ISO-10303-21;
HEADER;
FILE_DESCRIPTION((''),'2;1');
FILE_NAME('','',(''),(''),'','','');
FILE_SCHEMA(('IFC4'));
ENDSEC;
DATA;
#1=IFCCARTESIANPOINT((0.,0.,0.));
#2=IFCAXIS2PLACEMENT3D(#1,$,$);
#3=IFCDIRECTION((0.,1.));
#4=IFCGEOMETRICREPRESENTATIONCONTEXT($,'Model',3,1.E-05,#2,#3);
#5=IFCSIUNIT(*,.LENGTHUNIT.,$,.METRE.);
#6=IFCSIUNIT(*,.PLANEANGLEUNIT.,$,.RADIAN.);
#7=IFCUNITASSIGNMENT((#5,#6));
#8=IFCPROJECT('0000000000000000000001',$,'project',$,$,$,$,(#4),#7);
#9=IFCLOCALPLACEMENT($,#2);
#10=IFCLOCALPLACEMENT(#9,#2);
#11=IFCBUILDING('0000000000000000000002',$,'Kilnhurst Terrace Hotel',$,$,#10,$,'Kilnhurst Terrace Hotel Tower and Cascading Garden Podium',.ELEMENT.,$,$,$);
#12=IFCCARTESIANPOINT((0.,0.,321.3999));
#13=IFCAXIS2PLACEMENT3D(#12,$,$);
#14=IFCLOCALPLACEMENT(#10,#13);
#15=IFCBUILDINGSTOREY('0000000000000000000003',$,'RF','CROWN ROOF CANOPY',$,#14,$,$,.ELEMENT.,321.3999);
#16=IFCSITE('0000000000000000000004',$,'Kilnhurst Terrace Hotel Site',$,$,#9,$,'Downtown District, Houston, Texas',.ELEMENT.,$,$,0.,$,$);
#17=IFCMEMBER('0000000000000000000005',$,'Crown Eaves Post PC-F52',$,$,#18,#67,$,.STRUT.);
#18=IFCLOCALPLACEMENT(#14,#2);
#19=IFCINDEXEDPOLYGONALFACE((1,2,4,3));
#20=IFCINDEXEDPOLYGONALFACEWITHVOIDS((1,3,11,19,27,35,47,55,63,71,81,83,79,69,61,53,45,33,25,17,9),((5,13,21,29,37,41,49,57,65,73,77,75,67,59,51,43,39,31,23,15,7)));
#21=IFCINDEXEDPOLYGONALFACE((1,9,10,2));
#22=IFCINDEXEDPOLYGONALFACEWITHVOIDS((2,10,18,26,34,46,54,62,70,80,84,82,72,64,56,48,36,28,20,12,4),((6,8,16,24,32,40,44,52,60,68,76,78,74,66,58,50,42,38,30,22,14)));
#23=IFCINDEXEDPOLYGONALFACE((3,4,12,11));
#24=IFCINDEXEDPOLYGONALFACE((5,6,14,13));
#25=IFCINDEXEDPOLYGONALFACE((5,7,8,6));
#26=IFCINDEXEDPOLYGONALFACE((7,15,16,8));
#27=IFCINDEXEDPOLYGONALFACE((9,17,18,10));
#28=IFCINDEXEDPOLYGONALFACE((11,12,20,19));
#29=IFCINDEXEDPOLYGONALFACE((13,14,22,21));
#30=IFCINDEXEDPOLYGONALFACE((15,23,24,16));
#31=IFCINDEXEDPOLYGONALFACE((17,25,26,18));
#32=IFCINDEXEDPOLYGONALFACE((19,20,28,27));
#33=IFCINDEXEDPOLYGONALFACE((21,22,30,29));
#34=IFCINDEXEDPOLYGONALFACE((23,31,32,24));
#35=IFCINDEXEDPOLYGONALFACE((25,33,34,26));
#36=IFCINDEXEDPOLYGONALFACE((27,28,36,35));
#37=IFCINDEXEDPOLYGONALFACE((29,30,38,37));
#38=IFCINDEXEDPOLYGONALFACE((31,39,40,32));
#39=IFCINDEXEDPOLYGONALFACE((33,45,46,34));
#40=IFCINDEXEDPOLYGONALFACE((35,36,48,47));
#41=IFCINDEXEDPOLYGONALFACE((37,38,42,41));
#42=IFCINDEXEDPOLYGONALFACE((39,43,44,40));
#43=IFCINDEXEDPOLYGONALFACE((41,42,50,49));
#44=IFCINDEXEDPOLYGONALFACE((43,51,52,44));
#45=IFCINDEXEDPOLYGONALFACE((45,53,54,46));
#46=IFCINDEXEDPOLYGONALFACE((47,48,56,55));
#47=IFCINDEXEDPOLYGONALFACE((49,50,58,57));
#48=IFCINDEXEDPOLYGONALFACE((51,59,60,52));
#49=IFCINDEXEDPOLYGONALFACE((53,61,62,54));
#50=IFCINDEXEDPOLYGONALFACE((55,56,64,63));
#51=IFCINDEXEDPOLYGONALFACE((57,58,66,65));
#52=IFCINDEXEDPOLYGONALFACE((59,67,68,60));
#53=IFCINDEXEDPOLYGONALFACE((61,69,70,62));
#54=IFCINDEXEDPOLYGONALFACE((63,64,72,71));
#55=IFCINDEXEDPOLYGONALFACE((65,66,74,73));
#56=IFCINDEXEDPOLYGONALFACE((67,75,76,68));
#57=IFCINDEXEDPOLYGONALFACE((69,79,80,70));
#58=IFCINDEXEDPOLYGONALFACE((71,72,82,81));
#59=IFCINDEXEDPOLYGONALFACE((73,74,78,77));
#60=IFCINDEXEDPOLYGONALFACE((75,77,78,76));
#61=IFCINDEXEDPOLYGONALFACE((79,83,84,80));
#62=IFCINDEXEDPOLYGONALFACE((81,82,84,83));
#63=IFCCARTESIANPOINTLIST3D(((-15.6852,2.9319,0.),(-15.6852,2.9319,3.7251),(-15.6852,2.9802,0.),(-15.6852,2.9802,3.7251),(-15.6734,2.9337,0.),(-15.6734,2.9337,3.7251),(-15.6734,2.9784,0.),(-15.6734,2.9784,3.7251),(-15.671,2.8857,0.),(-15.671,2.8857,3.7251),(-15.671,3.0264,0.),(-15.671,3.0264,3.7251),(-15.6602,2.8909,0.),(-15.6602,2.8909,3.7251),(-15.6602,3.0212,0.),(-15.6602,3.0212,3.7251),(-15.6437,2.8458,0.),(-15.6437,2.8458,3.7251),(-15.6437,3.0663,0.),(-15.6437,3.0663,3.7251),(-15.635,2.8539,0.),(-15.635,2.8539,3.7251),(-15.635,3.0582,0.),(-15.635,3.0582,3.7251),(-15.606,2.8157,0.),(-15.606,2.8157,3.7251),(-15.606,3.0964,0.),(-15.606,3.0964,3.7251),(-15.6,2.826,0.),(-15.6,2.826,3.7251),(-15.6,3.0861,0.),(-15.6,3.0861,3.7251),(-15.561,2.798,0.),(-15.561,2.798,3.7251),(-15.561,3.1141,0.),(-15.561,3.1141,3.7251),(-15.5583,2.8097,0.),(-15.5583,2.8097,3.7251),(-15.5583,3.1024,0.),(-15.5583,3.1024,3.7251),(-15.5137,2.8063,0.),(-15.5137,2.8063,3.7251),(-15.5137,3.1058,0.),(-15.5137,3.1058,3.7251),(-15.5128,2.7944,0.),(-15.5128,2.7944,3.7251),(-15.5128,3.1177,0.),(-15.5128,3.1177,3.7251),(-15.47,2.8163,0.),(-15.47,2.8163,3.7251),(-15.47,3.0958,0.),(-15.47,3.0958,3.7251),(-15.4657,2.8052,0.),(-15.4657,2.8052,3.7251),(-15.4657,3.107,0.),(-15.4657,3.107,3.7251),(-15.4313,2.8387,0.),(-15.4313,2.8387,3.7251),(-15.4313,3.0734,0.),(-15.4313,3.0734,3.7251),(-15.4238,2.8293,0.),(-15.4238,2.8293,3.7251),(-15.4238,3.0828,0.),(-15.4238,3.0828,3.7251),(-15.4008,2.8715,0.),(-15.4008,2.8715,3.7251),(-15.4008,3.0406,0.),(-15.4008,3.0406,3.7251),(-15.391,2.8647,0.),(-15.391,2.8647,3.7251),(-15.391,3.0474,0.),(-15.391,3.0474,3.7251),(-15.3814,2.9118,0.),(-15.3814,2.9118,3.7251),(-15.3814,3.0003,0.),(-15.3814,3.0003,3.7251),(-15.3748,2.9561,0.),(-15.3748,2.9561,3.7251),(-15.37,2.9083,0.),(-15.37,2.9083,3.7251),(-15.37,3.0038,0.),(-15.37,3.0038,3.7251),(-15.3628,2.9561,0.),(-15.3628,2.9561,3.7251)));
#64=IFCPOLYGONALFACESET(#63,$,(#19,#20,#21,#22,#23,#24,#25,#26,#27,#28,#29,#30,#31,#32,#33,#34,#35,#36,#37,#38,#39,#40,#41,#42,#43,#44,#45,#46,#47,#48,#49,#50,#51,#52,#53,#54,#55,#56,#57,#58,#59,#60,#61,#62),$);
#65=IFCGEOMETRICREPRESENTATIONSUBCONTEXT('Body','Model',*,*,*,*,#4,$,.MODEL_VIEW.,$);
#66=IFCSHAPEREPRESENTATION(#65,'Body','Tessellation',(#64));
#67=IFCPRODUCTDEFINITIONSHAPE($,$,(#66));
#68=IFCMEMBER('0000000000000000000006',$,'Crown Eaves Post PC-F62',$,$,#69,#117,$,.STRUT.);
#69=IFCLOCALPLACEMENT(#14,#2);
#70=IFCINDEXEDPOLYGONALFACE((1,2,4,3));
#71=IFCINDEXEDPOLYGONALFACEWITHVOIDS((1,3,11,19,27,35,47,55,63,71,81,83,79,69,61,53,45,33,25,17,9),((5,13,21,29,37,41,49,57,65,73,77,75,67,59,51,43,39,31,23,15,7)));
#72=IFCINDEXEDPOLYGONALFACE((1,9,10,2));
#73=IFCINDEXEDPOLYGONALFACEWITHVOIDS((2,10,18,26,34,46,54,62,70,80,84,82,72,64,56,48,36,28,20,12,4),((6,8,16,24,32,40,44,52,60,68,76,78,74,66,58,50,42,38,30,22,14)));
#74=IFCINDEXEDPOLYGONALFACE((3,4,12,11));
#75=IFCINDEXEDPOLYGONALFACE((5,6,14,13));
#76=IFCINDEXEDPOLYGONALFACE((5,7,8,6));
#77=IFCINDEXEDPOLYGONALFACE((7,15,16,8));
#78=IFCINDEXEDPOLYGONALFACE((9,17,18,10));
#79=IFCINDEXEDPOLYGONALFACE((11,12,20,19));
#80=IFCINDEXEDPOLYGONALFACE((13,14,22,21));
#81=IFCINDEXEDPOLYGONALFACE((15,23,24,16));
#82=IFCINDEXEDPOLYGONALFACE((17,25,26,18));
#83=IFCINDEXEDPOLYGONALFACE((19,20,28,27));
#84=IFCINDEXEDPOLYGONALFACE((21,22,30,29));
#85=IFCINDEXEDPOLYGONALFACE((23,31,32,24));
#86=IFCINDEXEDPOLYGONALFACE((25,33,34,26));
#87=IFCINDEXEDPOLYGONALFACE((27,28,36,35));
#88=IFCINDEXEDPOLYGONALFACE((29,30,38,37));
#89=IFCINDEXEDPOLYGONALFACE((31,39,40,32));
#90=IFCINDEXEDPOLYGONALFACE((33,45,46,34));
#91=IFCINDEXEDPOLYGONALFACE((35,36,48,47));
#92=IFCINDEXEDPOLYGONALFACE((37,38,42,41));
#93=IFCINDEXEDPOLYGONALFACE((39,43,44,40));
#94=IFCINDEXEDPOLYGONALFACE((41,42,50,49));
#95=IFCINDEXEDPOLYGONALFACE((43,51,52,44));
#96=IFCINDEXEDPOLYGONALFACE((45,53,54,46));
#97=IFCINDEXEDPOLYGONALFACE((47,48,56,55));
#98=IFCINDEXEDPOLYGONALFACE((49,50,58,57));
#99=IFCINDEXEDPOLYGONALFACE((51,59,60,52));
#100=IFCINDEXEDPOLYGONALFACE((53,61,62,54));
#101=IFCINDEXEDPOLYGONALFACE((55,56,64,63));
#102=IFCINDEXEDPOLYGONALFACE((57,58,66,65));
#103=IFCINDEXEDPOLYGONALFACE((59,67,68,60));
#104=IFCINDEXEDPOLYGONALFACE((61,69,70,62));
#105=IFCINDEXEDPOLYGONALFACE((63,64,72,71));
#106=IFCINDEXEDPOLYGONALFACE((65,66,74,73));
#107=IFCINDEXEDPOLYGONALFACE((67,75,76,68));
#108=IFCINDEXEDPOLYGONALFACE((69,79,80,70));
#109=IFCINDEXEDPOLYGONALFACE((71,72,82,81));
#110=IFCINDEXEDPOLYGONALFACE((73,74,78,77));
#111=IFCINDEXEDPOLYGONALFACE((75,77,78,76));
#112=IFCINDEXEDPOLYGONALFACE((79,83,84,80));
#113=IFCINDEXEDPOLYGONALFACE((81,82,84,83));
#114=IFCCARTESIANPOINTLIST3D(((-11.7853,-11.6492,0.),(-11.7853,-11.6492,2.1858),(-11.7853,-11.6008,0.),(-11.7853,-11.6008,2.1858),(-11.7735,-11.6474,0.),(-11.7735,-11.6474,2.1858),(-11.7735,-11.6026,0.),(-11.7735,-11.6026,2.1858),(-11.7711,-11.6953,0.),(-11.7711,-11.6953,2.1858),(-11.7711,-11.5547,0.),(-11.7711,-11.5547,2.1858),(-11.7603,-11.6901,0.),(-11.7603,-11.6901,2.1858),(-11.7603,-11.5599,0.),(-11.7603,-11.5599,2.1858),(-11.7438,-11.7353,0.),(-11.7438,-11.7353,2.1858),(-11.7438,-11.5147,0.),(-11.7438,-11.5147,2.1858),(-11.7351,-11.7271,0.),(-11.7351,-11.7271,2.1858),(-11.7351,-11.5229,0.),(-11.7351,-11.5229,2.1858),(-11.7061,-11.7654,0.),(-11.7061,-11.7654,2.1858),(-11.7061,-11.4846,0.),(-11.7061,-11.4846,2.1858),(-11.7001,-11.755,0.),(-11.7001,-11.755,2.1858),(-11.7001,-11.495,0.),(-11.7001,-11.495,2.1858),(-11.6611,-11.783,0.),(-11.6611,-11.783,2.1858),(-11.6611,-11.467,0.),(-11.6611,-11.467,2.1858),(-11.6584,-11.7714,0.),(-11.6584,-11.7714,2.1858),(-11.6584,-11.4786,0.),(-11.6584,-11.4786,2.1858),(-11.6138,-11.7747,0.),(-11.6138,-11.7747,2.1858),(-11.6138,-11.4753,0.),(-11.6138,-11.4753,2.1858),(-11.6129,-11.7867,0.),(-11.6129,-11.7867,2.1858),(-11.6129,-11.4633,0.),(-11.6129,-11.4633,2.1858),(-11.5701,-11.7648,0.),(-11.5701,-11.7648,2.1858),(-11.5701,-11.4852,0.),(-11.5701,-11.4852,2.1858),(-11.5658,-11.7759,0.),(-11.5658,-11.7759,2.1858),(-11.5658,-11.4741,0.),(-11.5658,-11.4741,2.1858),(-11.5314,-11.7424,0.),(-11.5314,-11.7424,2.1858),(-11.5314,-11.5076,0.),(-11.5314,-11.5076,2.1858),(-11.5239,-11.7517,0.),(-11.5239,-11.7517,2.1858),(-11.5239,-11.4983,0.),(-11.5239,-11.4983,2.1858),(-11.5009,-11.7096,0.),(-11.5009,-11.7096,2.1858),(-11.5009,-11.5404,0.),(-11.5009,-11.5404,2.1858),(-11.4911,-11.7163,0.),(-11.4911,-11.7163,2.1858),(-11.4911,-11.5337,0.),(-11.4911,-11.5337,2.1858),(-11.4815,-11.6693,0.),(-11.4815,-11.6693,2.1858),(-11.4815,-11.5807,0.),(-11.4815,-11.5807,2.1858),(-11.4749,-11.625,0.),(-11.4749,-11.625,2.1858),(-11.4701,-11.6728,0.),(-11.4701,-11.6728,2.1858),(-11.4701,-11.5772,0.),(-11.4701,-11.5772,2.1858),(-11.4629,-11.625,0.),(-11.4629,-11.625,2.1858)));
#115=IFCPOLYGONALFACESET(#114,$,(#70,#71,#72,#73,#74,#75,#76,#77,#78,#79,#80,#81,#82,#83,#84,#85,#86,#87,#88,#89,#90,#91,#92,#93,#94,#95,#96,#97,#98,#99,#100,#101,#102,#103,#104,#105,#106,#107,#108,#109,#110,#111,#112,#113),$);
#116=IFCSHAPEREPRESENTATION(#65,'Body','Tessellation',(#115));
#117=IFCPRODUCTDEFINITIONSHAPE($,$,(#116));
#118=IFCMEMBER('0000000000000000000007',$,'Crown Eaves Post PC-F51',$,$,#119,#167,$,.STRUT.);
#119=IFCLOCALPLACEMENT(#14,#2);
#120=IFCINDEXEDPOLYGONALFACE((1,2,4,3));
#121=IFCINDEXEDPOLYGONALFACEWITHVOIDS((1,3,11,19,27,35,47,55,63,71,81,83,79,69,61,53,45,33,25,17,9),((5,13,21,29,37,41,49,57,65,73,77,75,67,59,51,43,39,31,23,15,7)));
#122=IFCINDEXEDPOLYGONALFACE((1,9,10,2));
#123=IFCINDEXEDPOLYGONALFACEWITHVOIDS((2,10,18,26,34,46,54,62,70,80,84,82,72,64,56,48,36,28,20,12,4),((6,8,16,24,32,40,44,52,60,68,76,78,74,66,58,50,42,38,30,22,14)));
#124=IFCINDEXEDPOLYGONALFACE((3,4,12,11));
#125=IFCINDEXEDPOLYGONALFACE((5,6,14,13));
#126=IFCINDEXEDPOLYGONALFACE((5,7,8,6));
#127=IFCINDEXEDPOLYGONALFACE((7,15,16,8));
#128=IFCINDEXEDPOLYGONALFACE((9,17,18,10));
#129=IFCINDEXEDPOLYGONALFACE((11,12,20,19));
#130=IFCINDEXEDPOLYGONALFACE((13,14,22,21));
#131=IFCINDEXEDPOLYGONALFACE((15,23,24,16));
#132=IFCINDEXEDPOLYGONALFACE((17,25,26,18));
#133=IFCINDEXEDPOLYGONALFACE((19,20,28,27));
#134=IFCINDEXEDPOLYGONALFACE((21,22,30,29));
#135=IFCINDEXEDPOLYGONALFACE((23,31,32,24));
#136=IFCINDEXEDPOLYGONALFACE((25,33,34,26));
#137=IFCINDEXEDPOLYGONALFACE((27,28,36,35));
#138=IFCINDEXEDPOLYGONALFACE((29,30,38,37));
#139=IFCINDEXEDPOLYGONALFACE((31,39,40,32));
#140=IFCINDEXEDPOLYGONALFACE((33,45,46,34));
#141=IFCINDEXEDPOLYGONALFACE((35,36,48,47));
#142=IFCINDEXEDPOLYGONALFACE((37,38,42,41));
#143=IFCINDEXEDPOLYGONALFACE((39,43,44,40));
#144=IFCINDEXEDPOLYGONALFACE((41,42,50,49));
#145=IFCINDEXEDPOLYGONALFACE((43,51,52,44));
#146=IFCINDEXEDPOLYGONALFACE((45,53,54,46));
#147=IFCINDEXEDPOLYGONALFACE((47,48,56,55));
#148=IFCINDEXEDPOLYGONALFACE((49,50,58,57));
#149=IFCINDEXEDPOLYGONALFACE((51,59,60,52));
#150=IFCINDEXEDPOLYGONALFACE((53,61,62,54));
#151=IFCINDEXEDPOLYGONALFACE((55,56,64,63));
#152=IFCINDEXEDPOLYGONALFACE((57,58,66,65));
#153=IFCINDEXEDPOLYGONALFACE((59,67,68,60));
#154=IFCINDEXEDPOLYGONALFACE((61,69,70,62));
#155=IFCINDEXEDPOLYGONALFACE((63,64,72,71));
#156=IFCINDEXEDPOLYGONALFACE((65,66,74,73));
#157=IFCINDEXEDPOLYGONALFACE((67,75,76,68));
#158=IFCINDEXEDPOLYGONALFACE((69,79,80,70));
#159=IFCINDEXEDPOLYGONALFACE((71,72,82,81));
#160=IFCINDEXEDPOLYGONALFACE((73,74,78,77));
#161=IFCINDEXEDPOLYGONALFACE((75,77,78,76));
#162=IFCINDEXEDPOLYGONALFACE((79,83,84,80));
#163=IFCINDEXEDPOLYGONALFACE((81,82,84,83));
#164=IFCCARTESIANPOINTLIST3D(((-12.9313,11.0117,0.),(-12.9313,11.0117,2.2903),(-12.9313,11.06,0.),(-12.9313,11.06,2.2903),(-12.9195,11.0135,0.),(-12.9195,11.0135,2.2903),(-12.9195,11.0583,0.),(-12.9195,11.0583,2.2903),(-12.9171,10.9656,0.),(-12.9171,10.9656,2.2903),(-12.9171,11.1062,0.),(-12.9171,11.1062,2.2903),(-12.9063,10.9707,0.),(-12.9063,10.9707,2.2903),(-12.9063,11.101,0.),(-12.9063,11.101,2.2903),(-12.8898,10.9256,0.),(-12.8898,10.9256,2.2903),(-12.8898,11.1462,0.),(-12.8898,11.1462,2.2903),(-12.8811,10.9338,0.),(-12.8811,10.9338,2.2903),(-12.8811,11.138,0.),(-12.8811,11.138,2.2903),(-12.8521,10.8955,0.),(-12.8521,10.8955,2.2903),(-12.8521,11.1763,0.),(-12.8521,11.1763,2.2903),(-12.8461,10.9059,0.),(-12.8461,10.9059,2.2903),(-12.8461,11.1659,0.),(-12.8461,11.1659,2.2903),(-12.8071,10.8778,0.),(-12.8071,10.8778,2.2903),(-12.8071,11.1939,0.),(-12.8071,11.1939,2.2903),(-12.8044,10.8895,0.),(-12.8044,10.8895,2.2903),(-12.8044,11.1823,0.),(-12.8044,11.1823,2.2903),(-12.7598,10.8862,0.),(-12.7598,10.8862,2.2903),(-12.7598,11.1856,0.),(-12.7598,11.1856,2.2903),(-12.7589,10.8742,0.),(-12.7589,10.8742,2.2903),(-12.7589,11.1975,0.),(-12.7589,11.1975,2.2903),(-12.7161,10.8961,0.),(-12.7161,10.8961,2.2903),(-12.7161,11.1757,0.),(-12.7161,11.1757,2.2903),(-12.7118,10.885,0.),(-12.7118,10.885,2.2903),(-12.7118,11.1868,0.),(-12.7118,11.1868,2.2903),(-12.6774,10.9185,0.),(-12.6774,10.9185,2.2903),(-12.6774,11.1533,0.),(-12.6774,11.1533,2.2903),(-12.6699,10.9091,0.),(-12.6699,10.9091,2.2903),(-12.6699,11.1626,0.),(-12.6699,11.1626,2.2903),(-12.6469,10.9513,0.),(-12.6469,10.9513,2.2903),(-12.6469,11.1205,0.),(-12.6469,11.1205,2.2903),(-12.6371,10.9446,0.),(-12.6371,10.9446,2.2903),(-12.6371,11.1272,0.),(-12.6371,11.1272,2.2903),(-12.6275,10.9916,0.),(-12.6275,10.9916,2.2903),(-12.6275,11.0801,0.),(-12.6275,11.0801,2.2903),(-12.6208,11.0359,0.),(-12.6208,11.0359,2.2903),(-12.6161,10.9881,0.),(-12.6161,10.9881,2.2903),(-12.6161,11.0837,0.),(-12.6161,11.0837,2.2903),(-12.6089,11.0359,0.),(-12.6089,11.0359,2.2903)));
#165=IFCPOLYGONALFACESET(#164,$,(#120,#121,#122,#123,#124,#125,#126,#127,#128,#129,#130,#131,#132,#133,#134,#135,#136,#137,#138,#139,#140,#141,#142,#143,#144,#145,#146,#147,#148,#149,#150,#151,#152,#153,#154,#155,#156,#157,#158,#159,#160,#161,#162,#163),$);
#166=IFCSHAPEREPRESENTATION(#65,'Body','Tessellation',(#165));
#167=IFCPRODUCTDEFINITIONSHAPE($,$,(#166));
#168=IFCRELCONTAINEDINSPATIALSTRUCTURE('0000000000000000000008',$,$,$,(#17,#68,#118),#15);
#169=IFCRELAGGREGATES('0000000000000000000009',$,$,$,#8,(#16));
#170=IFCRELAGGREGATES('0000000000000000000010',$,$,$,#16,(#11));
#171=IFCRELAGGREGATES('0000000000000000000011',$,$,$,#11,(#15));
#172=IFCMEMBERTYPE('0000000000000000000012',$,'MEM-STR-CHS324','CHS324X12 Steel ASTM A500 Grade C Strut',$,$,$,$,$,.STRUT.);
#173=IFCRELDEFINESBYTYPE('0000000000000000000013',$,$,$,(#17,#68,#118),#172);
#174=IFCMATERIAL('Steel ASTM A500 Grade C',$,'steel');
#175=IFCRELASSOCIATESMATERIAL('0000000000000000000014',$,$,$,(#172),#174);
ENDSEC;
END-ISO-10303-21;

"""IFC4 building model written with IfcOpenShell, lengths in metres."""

from ifc_helpers import new_model, si_unit, direction, frame, origin, origin_2d, place, context, subcontext, project, spatial, hollow_circle, extrude, material, material_profile, profile_set, type_object, element, save


model = new_model("IFC4")

# Units and contexts
model_context = context("Model", 3, precision=1e-05, world=origin(), true_north=direction((0.0, 1.0)))
body_context = subcontext(model_context, "Body", "Model", "MODEL_VIEW")
ifc_project = project(units=[si_unit("LENGTHUNIT", "METRE"), si_unit("PLANEANGLEUNIT", "RADIAN")], contexts=[model_context])

# Site, building, storey
site_placement = place(None, origin())
site = spatial("IfcSite", under=ifc_project, at=site_placement, Name="Kilnhurst Terrace Hotel Site", LongName="Downtown District, Houston, Texas", CompositionType="ELEMENT", RefElevation=0.0)
building_placement = place(site_placement, origin())
building = spatial("IfcBuilding", under=site, at=building_placement, Name="Kilnhurst Terrace Hotel", LongName="Kilnhurst Terrace Hotel Tower and Cascading Garden Podium", CompositionType="ELEMENT")
storey_placement = place(building_placement, frame((0.0, 0.0, 321.3999)))
storey = spatial("IfcBuildingStorey", under=building, at=storey_placement, Name="RF", Description="CROWN ROOF CANOPY", CompositionType="ELEMENT", Elevation=321.3999)

# Members
ifc_material_1 = material(Name="Steel ASTM A500 Grade C", Category="steel")
ifc_material_profile_1 = material_profile(ifc_material_1, hollow_circle(Radius=0.1621, WallThickness=0.012, at=origin_2d()), Name="CHS324X12")
ifc_profile_set_1 = profile_set([ifc_material_profile_1], Name="Steel ASTM A500 Grade C")
member_type_1 = type_object("IfcMemberType", Name="MEM-STR-CHS324", Description="CHS324X12 Steel ASTM A500 Grade C Strut", PredefinedType="STRUT", material=ifc_profile_set_1)
member_1_placement = place(storey_placement, frame((-15.5249, 2.9561, 0.0), z_axis=(0.0, 0.0, 1.0), x_axis=(1.0, 0.0, 0.0)))
element("IfcMember", 1, at=member_1_placement, inside=storey, type_object=member_type_1, Name="Crown Eaves Post PC-F52", PredefinedType="STRUT", context=body_context, shape_type="SweptSolid", body=[
    extrude(hollow_circle(Radius=0.1621, WallThickness=0.012, at=origin_2d()), origin(), (0.0, 0.0, 1.0), 3.7251),
])
member_2_placement = place(storey_placement, frame((-11.625, -11.625, 0.0), z_axis=(0.0, 0.0, 1.0), x_axis=(1.0, 0.0, 0.0)))
element("IfcMember", 2, at=member_2_placement, inside=storey, type_object=member_type_1, Name="Crown Eaves Post PC-F62", PredefinedType="STRUT", context=body_context, shape_type="SweptSolid", body=[
    extrude(hollow_circle(Radius=0.1621, WallThickness=0.012, at=origin_2d()), origin(), (0.0, 0.0, 1.0), 2.1858),
])
member_3_placement = place(storey_placement, frame((-12.771, 11.0359, 0.0), z_axis=(0.0, 0.0, 1.0), x_axis=(1.0, 0.0, 0.0)))
element("IfcMember", 3, at=member_3_placement, inside=storey, type_object=member_type_1, Name="Crown Eaves Post PC-F51", PredefinedType="STRUT", context=body_context, shape_type="SweptSolid", body=[
    extrude(hollow_circle(Radius=0.1621, WallThickness=0.012, at=origin_2d()), origin(), (0.0, 0.0, 1.0), 2.2903),
])

save(model, "model.ifc")
